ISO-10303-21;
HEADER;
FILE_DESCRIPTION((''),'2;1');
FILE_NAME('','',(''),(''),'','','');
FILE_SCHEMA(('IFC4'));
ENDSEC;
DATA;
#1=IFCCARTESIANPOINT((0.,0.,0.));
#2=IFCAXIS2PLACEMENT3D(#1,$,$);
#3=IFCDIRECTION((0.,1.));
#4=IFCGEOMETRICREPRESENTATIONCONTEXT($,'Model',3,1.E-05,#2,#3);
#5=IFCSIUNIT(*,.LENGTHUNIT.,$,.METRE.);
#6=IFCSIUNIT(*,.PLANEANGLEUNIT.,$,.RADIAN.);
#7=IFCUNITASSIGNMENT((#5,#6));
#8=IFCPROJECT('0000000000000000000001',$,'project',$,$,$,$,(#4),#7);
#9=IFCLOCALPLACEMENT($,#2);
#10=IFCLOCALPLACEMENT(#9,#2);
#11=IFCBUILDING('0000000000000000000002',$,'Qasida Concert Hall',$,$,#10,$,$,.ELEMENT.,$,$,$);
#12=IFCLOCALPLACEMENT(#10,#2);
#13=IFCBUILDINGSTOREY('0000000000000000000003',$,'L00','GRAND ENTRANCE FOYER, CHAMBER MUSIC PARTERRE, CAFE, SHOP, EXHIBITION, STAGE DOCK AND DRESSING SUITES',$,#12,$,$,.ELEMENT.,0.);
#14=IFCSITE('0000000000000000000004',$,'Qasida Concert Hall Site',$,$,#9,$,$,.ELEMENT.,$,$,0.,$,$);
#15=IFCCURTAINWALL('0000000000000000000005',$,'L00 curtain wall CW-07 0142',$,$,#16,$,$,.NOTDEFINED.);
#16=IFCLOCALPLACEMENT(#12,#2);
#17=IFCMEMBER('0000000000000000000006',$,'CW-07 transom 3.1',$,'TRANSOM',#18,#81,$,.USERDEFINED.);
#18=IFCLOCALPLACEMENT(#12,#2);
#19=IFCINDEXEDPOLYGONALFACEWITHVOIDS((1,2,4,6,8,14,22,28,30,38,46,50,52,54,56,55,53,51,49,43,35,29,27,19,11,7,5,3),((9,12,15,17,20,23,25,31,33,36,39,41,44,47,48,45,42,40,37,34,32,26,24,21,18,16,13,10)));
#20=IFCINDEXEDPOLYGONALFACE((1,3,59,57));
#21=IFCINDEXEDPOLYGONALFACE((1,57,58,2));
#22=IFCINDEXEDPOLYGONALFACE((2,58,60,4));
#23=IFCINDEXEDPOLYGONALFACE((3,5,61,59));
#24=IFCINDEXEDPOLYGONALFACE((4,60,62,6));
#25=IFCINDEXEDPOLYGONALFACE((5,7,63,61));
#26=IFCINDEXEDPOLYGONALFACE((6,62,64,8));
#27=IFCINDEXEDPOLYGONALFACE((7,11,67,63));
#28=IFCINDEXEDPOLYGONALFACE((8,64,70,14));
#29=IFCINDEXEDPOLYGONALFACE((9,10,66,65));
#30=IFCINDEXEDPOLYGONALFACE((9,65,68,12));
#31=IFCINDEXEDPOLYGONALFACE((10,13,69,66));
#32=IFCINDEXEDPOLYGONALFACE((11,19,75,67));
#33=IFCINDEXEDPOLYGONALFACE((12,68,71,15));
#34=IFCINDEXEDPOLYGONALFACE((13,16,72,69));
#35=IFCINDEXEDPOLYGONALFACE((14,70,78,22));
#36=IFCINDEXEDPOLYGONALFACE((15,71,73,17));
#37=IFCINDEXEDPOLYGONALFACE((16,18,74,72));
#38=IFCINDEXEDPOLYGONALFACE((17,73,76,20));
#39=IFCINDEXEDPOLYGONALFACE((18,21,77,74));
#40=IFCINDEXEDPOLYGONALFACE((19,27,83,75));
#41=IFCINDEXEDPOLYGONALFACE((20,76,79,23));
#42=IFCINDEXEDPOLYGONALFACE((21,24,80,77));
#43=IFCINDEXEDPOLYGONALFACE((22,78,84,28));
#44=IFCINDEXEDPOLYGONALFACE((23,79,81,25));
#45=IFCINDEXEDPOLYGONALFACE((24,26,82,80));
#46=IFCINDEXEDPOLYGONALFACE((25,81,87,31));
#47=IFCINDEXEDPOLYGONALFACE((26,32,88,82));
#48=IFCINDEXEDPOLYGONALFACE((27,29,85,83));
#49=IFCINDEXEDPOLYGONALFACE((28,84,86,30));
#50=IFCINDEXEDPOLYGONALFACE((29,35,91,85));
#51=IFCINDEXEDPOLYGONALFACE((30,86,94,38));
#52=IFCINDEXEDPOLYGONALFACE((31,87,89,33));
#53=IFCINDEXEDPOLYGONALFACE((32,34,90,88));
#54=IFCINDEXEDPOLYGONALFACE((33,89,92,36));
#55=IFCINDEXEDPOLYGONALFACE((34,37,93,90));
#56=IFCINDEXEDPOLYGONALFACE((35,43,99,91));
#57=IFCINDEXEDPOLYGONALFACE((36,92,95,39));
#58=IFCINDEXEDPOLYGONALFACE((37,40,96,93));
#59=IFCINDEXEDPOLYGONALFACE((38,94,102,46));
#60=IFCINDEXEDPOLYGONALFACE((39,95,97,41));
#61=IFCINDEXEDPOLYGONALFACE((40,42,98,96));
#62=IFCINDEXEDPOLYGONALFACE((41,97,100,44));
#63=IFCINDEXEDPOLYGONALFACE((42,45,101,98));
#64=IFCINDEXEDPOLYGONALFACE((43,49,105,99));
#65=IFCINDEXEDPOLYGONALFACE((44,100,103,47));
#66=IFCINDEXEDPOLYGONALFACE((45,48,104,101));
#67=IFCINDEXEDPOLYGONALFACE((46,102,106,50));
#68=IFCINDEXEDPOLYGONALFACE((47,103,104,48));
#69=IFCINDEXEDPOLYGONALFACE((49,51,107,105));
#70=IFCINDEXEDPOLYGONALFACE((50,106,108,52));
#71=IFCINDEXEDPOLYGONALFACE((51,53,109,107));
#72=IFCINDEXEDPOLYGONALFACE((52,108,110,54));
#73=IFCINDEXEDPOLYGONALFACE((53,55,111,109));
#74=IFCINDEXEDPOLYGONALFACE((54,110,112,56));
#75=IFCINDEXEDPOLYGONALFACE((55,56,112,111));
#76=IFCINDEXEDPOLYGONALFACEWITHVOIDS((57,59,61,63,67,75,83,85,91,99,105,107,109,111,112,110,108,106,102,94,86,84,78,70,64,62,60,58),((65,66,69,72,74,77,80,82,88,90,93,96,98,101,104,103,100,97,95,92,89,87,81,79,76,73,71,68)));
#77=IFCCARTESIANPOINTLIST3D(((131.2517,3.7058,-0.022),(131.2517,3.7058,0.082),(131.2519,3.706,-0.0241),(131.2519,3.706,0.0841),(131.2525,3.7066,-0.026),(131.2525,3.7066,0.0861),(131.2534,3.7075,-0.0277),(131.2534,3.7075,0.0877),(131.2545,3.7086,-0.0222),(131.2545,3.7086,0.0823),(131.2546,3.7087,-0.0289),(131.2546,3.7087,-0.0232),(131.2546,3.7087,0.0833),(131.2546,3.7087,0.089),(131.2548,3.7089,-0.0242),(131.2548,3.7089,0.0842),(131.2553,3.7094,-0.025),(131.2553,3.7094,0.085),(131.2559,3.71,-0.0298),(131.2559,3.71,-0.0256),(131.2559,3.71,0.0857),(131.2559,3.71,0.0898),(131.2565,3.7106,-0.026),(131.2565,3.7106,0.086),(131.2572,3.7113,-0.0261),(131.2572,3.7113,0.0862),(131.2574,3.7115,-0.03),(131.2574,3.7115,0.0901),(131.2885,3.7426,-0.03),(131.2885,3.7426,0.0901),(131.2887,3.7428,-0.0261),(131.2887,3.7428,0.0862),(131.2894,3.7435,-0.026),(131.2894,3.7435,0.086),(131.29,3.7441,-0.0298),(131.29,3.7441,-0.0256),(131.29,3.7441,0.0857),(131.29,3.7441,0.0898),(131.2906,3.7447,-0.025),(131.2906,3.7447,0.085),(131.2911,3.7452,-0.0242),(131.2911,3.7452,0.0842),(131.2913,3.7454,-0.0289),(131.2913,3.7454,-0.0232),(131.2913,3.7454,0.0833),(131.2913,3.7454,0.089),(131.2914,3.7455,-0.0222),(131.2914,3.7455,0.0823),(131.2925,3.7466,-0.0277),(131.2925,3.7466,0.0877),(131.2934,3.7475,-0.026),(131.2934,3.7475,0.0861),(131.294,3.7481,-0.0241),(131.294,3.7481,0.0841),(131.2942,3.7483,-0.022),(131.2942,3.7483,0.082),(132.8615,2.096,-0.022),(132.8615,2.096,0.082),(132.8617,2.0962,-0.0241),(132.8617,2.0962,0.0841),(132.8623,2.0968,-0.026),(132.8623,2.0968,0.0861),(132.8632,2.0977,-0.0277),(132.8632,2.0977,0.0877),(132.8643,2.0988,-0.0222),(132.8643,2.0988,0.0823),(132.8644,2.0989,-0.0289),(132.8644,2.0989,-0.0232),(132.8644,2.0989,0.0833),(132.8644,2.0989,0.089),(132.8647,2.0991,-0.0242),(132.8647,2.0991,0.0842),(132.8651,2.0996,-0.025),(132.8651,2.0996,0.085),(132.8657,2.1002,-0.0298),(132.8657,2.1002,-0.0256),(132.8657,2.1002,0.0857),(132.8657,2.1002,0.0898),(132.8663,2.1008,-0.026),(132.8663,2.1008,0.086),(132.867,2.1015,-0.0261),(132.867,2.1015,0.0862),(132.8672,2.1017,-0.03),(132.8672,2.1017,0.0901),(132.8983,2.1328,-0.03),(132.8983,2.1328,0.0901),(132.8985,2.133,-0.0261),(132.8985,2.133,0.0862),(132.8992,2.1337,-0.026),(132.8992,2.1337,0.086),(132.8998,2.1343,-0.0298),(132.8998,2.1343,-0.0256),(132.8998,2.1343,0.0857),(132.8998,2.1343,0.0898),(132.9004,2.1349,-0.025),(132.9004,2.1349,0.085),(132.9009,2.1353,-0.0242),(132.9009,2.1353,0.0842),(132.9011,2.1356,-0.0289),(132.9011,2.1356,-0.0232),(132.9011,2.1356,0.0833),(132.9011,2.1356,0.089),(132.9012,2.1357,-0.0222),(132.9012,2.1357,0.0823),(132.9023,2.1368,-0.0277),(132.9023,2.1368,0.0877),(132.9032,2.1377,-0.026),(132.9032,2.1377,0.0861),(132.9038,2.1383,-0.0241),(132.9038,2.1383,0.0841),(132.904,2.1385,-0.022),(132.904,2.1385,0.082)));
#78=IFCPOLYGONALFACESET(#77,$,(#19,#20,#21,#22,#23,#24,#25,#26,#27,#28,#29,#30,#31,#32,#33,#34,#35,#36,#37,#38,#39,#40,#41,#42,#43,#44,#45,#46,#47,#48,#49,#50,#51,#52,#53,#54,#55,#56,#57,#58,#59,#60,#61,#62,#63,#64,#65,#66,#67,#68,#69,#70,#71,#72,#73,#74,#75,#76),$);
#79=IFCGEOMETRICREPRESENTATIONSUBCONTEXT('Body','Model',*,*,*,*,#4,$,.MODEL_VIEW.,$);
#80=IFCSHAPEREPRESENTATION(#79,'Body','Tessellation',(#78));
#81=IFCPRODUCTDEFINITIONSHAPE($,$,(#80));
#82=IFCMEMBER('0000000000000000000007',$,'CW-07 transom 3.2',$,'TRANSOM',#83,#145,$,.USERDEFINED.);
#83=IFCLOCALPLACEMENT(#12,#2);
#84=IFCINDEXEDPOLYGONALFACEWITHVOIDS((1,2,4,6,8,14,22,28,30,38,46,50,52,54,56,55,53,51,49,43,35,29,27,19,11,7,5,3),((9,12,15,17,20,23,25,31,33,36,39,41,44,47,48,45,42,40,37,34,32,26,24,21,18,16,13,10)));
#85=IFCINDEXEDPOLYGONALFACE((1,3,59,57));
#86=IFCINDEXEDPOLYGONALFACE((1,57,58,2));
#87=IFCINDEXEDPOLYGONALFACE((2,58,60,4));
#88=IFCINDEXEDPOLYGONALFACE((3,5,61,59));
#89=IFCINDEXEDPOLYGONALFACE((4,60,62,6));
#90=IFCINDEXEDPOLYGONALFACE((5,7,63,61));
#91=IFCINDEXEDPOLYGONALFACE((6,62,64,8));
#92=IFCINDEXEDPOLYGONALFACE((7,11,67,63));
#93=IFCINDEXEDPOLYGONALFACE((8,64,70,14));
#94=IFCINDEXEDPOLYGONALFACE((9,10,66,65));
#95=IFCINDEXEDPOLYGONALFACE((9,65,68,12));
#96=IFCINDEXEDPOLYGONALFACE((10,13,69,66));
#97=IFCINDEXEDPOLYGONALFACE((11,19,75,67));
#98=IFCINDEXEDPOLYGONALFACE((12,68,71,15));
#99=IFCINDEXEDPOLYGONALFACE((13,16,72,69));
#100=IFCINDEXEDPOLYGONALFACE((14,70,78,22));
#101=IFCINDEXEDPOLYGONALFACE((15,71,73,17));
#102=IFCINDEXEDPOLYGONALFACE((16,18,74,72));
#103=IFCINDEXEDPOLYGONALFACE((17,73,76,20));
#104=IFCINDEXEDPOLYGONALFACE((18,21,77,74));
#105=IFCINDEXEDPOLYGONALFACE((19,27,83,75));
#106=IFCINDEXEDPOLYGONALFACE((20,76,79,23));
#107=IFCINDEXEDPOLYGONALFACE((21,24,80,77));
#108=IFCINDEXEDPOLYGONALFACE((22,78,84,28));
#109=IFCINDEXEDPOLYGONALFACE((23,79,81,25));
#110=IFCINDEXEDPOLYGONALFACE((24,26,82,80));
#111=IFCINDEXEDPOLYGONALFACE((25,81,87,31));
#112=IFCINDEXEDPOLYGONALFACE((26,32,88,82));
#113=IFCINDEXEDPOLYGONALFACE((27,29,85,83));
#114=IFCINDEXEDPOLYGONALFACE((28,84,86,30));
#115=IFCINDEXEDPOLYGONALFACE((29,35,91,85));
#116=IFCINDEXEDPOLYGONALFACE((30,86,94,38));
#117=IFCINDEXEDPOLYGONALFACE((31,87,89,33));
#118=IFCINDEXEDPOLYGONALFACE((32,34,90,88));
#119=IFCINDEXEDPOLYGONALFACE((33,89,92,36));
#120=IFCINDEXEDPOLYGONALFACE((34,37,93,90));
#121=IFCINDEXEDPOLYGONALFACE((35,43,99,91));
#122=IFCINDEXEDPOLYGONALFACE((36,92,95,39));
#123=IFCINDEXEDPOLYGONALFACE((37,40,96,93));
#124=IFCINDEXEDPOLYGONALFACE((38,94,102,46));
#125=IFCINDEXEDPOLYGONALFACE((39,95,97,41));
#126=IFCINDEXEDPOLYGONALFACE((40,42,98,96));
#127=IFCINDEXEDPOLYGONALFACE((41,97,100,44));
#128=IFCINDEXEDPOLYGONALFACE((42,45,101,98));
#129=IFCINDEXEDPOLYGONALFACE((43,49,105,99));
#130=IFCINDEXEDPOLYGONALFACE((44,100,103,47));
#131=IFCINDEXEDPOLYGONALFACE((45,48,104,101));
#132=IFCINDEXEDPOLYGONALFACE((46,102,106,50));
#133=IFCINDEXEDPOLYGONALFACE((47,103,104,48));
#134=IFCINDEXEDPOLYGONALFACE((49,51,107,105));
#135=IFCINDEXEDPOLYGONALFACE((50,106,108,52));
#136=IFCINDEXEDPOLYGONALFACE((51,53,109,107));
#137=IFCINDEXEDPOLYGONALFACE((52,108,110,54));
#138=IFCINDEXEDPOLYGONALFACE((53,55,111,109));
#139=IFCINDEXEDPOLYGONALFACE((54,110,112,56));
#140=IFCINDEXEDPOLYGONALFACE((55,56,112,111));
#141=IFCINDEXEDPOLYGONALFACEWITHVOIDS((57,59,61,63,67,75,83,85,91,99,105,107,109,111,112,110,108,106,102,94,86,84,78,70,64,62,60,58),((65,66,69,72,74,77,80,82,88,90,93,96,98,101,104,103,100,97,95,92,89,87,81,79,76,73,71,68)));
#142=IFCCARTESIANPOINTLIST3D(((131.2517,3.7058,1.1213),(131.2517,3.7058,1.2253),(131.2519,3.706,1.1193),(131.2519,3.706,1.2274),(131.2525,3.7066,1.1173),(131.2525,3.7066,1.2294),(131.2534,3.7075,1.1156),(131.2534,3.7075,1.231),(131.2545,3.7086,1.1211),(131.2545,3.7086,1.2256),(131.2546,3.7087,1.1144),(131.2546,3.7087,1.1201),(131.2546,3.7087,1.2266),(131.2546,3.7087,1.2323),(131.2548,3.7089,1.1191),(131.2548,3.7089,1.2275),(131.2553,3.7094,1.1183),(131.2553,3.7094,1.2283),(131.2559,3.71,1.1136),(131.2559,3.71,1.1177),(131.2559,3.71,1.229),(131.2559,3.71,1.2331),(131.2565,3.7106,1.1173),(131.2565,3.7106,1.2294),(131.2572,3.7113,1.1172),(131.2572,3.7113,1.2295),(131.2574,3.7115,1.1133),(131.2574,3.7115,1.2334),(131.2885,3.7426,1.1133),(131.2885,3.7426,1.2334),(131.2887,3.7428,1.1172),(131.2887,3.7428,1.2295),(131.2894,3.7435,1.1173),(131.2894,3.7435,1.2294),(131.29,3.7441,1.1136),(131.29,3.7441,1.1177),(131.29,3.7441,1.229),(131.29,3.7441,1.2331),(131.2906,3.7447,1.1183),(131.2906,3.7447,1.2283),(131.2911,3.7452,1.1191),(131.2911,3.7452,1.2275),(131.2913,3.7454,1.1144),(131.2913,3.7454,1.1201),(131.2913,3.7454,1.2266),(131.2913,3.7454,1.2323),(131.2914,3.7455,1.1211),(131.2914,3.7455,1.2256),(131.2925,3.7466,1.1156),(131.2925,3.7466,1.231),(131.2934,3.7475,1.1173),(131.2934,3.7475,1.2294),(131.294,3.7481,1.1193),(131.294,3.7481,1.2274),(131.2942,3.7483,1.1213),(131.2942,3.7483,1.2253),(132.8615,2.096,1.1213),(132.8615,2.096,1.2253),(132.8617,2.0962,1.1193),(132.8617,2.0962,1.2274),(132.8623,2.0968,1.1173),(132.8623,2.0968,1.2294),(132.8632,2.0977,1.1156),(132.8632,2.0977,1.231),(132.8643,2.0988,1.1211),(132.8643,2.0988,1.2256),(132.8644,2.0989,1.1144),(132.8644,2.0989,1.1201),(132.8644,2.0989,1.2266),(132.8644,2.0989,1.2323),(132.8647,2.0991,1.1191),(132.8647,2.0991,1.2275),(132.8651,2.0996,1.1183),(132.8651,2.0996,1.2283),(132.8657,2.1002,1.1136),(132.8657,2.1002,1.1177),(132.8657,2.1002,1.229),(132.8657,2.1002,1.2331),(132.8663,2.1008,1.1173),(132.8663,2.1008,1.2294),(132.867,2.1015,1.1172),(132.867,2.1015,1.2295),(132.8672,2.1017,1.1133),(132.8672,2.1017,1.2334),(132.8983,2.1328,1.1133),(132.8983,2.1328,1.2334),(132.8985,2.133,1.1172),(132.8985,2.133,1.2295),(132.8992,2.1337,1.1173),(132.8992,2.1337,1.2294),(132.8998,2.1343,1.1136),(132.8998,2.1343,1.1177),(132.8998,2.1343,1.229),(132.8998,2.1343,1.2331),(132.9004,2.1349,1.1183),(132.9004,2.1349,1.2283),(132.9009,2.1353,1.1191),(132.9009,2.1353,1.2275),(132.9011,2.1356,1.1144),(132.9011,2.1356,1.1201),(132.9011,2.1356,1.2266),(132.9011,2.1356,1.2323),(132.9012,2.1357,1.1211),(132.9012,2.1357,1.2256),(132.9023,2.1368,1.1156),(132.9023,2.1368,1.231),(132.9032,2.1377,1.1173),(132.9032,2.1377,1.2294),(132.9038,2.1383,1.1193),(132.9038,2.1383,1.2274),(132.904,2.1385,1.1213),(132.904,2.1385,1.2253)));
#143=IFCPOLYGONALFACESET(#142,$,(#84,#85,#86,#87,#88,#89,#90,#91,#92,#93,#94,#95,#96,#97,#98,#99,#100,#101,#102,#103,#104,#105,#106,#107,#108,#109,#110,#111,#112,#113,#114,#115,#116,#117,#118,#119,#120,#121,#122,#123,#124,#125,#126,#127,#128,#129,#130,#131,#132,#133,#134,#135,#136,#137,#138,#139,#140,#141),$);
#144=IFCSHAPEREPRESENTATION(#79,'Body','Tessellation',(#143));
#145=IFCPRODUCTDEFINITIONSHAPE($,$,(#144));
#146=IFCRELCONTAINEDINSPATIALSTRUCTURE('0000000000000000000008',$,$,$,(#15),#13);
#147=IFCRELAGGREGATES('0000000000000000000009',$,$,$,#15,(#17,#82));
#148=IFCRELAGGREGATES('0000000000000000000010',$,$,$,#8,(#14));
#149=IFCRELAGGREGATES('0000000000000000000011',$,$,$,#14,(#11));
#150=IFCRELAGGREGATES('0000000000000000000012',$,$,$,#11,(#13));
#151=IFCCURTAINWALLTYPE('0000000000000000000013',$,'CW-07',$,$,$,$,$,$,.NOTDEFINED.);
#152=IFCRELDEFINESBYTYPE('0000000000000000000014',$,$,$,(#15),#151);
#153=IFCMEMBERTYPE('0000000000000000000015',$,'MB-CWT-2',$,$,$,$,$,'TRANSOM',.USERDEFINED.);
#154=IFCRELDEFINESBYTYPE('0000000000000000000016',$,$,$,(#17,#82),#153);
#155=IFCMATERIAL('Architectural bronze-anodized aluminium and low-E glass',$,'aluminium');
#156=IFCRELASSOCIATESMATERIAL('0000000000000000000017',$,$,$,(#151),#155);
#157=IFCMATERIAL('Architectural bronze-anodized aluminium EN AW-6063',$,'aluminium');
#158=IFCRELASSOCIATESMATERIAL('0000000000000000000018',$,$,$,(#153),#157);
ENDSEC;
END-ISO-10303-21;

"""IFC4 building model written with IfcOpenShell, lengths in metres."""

from ifc_helpers import new_model, si_unit, direction, frame, origin, origin_2d, place, context, subcontext, project, spatial, hollow_rectangle, extrude, material, material_profile, profile_set, type_object, element, aggregate, save


model = new_model("IFC4")

# Units and contexts
model_context = context("Model", 3, precision=1e-05, world=origin(), true_north=direction((0.0, 1.0)))
body_context = subcontext(model_context, "Body", "Model", "MODEL_VIEW")
ifc_project = project(units=[si_unit("LENGTHUNIT", "METRE"), si_unit("PLANEANGLEUNIT", "RADIAN")], contexts=[model_context])

# Site, building, storey
site_placement = place(None, origin())
site = spatial("IfcSite", under=ifc_project, at=site_placement, Name="Qasida Concert Hall Site", CompositionType="ELEMENT", RefElevation=0.0)
building_placement = place(site_placement, origin())
building = spatial("IfcBuilding", under=site, at=building_placement, Name="Qasida Concert Hall", CompositionType="ELEMENT")
storey_placement = place(building_placement, origin())
storey = spatial("IfcBuildingStorey", under=building, at=storey_placement, Name="L00", Description="GRAND ENTRANCE FOYER, CHAMBER MUSIC PARTERRE, CAFE, SHOP, EXHIBITION, STAGE DOCK AND DRESSING SUITES", CompositionType="ELEMENT", Elevation=0.0)

# Curtain wall, members
ifc_material_1 = material(Name="Architectural bronze-anodized aluminium and low-E glass", Category="aluminium")
curtain_wall_type = type_object("IfcCurtainWallType", Name="CW-07", PredefinedType="NOTDEFINED", material=ifc_material_1)
curtain_wall_placement = place(storey_placement, origin())
curtain_wall = element("IfcCurtainWall", 1, at=curtain_wall_placement, inside=storey, type_object=curtain_wall_type, Name="L00 curtain wall CW-07 0142", PredefinedType="NOTDEFINED")
ifc_material_2 = material(Name="Architectural bronze-anodized aluminium EN AW-6063", Category="aluminium")
ifc_material_profile_1 = material_profile(ifc_material_2, hollow_rectangle(XDim=0.0601, YDim=0.1201, WallThickness=0.0039, InnerFilletRadius=0.0039, OuterFilletRadius=0.0081, at=origin_2d()), Name="CWT 120x60x4")
ifc_profile_set_1 = profile_set([ifc_material_profile_1], Name="Architectural bronze-anodized aluminium EN AW-6063")
member_type_1 = type_object("IfcMemberType", Name="MB-CWT-2", ElementType="TRANSOM", PredefinedType="USERDEFINED", material=ifc_profile_set_1)
member_1_placement = place(storey_placement, frame((131.2729, 3.7271, 0.03), z_axis=(0.707107, -0.707107, 0.0), x_axis=(0.707107, 0.707107, 0.0)))
member_1 = element("IfcMember", 2, at=member_1_placement, type_object=member_type_1, Name="CW-07 transom 3.1", ObjectType="TRANSOM", PredefinedType="USERDEFINED", context=body_context, shape_type="SweptSolid", body=[
    extrude(hollow_rectangle(XDim=0.0601, YDim=0.1201, WallThickness=0.0039, InnerFilletRadius=0.0039, OuterFilletRadius=0.0081, at=origin_2d()), origin(), (0.0, 0.0, 1.0), 2.2766),
])
member_2_placement = place(storey_placement, frame((131.2729, 3.7271, 1.1733), z_axis=(0.707107, -0.707107, 0.0), x_axis=(0.707107, 0.707107, 0.0)))
member_2 = element("IfcMember", 3, at=member_2_placement, type_object=member_type_1, Name="CW-07 transom 3.2", ObjectType="TRANSOM", PredefinedType="USERDEFINED", context=body_context, shape_type="SweptSolid", body=[
    extrude(hollow_rectangle(XDim=0.0601, YDim=0.1201, WallThickness=0.0039, InnerFilletRadius=0.0039, OuterFilletRadius=0.0081, at=origin_2d()), origin(), (0.0, 0.0, 1.0), 2.2766),
])
aggregate(curtain_wall, [member_1, member_2])

save(model, "model.ifc")
